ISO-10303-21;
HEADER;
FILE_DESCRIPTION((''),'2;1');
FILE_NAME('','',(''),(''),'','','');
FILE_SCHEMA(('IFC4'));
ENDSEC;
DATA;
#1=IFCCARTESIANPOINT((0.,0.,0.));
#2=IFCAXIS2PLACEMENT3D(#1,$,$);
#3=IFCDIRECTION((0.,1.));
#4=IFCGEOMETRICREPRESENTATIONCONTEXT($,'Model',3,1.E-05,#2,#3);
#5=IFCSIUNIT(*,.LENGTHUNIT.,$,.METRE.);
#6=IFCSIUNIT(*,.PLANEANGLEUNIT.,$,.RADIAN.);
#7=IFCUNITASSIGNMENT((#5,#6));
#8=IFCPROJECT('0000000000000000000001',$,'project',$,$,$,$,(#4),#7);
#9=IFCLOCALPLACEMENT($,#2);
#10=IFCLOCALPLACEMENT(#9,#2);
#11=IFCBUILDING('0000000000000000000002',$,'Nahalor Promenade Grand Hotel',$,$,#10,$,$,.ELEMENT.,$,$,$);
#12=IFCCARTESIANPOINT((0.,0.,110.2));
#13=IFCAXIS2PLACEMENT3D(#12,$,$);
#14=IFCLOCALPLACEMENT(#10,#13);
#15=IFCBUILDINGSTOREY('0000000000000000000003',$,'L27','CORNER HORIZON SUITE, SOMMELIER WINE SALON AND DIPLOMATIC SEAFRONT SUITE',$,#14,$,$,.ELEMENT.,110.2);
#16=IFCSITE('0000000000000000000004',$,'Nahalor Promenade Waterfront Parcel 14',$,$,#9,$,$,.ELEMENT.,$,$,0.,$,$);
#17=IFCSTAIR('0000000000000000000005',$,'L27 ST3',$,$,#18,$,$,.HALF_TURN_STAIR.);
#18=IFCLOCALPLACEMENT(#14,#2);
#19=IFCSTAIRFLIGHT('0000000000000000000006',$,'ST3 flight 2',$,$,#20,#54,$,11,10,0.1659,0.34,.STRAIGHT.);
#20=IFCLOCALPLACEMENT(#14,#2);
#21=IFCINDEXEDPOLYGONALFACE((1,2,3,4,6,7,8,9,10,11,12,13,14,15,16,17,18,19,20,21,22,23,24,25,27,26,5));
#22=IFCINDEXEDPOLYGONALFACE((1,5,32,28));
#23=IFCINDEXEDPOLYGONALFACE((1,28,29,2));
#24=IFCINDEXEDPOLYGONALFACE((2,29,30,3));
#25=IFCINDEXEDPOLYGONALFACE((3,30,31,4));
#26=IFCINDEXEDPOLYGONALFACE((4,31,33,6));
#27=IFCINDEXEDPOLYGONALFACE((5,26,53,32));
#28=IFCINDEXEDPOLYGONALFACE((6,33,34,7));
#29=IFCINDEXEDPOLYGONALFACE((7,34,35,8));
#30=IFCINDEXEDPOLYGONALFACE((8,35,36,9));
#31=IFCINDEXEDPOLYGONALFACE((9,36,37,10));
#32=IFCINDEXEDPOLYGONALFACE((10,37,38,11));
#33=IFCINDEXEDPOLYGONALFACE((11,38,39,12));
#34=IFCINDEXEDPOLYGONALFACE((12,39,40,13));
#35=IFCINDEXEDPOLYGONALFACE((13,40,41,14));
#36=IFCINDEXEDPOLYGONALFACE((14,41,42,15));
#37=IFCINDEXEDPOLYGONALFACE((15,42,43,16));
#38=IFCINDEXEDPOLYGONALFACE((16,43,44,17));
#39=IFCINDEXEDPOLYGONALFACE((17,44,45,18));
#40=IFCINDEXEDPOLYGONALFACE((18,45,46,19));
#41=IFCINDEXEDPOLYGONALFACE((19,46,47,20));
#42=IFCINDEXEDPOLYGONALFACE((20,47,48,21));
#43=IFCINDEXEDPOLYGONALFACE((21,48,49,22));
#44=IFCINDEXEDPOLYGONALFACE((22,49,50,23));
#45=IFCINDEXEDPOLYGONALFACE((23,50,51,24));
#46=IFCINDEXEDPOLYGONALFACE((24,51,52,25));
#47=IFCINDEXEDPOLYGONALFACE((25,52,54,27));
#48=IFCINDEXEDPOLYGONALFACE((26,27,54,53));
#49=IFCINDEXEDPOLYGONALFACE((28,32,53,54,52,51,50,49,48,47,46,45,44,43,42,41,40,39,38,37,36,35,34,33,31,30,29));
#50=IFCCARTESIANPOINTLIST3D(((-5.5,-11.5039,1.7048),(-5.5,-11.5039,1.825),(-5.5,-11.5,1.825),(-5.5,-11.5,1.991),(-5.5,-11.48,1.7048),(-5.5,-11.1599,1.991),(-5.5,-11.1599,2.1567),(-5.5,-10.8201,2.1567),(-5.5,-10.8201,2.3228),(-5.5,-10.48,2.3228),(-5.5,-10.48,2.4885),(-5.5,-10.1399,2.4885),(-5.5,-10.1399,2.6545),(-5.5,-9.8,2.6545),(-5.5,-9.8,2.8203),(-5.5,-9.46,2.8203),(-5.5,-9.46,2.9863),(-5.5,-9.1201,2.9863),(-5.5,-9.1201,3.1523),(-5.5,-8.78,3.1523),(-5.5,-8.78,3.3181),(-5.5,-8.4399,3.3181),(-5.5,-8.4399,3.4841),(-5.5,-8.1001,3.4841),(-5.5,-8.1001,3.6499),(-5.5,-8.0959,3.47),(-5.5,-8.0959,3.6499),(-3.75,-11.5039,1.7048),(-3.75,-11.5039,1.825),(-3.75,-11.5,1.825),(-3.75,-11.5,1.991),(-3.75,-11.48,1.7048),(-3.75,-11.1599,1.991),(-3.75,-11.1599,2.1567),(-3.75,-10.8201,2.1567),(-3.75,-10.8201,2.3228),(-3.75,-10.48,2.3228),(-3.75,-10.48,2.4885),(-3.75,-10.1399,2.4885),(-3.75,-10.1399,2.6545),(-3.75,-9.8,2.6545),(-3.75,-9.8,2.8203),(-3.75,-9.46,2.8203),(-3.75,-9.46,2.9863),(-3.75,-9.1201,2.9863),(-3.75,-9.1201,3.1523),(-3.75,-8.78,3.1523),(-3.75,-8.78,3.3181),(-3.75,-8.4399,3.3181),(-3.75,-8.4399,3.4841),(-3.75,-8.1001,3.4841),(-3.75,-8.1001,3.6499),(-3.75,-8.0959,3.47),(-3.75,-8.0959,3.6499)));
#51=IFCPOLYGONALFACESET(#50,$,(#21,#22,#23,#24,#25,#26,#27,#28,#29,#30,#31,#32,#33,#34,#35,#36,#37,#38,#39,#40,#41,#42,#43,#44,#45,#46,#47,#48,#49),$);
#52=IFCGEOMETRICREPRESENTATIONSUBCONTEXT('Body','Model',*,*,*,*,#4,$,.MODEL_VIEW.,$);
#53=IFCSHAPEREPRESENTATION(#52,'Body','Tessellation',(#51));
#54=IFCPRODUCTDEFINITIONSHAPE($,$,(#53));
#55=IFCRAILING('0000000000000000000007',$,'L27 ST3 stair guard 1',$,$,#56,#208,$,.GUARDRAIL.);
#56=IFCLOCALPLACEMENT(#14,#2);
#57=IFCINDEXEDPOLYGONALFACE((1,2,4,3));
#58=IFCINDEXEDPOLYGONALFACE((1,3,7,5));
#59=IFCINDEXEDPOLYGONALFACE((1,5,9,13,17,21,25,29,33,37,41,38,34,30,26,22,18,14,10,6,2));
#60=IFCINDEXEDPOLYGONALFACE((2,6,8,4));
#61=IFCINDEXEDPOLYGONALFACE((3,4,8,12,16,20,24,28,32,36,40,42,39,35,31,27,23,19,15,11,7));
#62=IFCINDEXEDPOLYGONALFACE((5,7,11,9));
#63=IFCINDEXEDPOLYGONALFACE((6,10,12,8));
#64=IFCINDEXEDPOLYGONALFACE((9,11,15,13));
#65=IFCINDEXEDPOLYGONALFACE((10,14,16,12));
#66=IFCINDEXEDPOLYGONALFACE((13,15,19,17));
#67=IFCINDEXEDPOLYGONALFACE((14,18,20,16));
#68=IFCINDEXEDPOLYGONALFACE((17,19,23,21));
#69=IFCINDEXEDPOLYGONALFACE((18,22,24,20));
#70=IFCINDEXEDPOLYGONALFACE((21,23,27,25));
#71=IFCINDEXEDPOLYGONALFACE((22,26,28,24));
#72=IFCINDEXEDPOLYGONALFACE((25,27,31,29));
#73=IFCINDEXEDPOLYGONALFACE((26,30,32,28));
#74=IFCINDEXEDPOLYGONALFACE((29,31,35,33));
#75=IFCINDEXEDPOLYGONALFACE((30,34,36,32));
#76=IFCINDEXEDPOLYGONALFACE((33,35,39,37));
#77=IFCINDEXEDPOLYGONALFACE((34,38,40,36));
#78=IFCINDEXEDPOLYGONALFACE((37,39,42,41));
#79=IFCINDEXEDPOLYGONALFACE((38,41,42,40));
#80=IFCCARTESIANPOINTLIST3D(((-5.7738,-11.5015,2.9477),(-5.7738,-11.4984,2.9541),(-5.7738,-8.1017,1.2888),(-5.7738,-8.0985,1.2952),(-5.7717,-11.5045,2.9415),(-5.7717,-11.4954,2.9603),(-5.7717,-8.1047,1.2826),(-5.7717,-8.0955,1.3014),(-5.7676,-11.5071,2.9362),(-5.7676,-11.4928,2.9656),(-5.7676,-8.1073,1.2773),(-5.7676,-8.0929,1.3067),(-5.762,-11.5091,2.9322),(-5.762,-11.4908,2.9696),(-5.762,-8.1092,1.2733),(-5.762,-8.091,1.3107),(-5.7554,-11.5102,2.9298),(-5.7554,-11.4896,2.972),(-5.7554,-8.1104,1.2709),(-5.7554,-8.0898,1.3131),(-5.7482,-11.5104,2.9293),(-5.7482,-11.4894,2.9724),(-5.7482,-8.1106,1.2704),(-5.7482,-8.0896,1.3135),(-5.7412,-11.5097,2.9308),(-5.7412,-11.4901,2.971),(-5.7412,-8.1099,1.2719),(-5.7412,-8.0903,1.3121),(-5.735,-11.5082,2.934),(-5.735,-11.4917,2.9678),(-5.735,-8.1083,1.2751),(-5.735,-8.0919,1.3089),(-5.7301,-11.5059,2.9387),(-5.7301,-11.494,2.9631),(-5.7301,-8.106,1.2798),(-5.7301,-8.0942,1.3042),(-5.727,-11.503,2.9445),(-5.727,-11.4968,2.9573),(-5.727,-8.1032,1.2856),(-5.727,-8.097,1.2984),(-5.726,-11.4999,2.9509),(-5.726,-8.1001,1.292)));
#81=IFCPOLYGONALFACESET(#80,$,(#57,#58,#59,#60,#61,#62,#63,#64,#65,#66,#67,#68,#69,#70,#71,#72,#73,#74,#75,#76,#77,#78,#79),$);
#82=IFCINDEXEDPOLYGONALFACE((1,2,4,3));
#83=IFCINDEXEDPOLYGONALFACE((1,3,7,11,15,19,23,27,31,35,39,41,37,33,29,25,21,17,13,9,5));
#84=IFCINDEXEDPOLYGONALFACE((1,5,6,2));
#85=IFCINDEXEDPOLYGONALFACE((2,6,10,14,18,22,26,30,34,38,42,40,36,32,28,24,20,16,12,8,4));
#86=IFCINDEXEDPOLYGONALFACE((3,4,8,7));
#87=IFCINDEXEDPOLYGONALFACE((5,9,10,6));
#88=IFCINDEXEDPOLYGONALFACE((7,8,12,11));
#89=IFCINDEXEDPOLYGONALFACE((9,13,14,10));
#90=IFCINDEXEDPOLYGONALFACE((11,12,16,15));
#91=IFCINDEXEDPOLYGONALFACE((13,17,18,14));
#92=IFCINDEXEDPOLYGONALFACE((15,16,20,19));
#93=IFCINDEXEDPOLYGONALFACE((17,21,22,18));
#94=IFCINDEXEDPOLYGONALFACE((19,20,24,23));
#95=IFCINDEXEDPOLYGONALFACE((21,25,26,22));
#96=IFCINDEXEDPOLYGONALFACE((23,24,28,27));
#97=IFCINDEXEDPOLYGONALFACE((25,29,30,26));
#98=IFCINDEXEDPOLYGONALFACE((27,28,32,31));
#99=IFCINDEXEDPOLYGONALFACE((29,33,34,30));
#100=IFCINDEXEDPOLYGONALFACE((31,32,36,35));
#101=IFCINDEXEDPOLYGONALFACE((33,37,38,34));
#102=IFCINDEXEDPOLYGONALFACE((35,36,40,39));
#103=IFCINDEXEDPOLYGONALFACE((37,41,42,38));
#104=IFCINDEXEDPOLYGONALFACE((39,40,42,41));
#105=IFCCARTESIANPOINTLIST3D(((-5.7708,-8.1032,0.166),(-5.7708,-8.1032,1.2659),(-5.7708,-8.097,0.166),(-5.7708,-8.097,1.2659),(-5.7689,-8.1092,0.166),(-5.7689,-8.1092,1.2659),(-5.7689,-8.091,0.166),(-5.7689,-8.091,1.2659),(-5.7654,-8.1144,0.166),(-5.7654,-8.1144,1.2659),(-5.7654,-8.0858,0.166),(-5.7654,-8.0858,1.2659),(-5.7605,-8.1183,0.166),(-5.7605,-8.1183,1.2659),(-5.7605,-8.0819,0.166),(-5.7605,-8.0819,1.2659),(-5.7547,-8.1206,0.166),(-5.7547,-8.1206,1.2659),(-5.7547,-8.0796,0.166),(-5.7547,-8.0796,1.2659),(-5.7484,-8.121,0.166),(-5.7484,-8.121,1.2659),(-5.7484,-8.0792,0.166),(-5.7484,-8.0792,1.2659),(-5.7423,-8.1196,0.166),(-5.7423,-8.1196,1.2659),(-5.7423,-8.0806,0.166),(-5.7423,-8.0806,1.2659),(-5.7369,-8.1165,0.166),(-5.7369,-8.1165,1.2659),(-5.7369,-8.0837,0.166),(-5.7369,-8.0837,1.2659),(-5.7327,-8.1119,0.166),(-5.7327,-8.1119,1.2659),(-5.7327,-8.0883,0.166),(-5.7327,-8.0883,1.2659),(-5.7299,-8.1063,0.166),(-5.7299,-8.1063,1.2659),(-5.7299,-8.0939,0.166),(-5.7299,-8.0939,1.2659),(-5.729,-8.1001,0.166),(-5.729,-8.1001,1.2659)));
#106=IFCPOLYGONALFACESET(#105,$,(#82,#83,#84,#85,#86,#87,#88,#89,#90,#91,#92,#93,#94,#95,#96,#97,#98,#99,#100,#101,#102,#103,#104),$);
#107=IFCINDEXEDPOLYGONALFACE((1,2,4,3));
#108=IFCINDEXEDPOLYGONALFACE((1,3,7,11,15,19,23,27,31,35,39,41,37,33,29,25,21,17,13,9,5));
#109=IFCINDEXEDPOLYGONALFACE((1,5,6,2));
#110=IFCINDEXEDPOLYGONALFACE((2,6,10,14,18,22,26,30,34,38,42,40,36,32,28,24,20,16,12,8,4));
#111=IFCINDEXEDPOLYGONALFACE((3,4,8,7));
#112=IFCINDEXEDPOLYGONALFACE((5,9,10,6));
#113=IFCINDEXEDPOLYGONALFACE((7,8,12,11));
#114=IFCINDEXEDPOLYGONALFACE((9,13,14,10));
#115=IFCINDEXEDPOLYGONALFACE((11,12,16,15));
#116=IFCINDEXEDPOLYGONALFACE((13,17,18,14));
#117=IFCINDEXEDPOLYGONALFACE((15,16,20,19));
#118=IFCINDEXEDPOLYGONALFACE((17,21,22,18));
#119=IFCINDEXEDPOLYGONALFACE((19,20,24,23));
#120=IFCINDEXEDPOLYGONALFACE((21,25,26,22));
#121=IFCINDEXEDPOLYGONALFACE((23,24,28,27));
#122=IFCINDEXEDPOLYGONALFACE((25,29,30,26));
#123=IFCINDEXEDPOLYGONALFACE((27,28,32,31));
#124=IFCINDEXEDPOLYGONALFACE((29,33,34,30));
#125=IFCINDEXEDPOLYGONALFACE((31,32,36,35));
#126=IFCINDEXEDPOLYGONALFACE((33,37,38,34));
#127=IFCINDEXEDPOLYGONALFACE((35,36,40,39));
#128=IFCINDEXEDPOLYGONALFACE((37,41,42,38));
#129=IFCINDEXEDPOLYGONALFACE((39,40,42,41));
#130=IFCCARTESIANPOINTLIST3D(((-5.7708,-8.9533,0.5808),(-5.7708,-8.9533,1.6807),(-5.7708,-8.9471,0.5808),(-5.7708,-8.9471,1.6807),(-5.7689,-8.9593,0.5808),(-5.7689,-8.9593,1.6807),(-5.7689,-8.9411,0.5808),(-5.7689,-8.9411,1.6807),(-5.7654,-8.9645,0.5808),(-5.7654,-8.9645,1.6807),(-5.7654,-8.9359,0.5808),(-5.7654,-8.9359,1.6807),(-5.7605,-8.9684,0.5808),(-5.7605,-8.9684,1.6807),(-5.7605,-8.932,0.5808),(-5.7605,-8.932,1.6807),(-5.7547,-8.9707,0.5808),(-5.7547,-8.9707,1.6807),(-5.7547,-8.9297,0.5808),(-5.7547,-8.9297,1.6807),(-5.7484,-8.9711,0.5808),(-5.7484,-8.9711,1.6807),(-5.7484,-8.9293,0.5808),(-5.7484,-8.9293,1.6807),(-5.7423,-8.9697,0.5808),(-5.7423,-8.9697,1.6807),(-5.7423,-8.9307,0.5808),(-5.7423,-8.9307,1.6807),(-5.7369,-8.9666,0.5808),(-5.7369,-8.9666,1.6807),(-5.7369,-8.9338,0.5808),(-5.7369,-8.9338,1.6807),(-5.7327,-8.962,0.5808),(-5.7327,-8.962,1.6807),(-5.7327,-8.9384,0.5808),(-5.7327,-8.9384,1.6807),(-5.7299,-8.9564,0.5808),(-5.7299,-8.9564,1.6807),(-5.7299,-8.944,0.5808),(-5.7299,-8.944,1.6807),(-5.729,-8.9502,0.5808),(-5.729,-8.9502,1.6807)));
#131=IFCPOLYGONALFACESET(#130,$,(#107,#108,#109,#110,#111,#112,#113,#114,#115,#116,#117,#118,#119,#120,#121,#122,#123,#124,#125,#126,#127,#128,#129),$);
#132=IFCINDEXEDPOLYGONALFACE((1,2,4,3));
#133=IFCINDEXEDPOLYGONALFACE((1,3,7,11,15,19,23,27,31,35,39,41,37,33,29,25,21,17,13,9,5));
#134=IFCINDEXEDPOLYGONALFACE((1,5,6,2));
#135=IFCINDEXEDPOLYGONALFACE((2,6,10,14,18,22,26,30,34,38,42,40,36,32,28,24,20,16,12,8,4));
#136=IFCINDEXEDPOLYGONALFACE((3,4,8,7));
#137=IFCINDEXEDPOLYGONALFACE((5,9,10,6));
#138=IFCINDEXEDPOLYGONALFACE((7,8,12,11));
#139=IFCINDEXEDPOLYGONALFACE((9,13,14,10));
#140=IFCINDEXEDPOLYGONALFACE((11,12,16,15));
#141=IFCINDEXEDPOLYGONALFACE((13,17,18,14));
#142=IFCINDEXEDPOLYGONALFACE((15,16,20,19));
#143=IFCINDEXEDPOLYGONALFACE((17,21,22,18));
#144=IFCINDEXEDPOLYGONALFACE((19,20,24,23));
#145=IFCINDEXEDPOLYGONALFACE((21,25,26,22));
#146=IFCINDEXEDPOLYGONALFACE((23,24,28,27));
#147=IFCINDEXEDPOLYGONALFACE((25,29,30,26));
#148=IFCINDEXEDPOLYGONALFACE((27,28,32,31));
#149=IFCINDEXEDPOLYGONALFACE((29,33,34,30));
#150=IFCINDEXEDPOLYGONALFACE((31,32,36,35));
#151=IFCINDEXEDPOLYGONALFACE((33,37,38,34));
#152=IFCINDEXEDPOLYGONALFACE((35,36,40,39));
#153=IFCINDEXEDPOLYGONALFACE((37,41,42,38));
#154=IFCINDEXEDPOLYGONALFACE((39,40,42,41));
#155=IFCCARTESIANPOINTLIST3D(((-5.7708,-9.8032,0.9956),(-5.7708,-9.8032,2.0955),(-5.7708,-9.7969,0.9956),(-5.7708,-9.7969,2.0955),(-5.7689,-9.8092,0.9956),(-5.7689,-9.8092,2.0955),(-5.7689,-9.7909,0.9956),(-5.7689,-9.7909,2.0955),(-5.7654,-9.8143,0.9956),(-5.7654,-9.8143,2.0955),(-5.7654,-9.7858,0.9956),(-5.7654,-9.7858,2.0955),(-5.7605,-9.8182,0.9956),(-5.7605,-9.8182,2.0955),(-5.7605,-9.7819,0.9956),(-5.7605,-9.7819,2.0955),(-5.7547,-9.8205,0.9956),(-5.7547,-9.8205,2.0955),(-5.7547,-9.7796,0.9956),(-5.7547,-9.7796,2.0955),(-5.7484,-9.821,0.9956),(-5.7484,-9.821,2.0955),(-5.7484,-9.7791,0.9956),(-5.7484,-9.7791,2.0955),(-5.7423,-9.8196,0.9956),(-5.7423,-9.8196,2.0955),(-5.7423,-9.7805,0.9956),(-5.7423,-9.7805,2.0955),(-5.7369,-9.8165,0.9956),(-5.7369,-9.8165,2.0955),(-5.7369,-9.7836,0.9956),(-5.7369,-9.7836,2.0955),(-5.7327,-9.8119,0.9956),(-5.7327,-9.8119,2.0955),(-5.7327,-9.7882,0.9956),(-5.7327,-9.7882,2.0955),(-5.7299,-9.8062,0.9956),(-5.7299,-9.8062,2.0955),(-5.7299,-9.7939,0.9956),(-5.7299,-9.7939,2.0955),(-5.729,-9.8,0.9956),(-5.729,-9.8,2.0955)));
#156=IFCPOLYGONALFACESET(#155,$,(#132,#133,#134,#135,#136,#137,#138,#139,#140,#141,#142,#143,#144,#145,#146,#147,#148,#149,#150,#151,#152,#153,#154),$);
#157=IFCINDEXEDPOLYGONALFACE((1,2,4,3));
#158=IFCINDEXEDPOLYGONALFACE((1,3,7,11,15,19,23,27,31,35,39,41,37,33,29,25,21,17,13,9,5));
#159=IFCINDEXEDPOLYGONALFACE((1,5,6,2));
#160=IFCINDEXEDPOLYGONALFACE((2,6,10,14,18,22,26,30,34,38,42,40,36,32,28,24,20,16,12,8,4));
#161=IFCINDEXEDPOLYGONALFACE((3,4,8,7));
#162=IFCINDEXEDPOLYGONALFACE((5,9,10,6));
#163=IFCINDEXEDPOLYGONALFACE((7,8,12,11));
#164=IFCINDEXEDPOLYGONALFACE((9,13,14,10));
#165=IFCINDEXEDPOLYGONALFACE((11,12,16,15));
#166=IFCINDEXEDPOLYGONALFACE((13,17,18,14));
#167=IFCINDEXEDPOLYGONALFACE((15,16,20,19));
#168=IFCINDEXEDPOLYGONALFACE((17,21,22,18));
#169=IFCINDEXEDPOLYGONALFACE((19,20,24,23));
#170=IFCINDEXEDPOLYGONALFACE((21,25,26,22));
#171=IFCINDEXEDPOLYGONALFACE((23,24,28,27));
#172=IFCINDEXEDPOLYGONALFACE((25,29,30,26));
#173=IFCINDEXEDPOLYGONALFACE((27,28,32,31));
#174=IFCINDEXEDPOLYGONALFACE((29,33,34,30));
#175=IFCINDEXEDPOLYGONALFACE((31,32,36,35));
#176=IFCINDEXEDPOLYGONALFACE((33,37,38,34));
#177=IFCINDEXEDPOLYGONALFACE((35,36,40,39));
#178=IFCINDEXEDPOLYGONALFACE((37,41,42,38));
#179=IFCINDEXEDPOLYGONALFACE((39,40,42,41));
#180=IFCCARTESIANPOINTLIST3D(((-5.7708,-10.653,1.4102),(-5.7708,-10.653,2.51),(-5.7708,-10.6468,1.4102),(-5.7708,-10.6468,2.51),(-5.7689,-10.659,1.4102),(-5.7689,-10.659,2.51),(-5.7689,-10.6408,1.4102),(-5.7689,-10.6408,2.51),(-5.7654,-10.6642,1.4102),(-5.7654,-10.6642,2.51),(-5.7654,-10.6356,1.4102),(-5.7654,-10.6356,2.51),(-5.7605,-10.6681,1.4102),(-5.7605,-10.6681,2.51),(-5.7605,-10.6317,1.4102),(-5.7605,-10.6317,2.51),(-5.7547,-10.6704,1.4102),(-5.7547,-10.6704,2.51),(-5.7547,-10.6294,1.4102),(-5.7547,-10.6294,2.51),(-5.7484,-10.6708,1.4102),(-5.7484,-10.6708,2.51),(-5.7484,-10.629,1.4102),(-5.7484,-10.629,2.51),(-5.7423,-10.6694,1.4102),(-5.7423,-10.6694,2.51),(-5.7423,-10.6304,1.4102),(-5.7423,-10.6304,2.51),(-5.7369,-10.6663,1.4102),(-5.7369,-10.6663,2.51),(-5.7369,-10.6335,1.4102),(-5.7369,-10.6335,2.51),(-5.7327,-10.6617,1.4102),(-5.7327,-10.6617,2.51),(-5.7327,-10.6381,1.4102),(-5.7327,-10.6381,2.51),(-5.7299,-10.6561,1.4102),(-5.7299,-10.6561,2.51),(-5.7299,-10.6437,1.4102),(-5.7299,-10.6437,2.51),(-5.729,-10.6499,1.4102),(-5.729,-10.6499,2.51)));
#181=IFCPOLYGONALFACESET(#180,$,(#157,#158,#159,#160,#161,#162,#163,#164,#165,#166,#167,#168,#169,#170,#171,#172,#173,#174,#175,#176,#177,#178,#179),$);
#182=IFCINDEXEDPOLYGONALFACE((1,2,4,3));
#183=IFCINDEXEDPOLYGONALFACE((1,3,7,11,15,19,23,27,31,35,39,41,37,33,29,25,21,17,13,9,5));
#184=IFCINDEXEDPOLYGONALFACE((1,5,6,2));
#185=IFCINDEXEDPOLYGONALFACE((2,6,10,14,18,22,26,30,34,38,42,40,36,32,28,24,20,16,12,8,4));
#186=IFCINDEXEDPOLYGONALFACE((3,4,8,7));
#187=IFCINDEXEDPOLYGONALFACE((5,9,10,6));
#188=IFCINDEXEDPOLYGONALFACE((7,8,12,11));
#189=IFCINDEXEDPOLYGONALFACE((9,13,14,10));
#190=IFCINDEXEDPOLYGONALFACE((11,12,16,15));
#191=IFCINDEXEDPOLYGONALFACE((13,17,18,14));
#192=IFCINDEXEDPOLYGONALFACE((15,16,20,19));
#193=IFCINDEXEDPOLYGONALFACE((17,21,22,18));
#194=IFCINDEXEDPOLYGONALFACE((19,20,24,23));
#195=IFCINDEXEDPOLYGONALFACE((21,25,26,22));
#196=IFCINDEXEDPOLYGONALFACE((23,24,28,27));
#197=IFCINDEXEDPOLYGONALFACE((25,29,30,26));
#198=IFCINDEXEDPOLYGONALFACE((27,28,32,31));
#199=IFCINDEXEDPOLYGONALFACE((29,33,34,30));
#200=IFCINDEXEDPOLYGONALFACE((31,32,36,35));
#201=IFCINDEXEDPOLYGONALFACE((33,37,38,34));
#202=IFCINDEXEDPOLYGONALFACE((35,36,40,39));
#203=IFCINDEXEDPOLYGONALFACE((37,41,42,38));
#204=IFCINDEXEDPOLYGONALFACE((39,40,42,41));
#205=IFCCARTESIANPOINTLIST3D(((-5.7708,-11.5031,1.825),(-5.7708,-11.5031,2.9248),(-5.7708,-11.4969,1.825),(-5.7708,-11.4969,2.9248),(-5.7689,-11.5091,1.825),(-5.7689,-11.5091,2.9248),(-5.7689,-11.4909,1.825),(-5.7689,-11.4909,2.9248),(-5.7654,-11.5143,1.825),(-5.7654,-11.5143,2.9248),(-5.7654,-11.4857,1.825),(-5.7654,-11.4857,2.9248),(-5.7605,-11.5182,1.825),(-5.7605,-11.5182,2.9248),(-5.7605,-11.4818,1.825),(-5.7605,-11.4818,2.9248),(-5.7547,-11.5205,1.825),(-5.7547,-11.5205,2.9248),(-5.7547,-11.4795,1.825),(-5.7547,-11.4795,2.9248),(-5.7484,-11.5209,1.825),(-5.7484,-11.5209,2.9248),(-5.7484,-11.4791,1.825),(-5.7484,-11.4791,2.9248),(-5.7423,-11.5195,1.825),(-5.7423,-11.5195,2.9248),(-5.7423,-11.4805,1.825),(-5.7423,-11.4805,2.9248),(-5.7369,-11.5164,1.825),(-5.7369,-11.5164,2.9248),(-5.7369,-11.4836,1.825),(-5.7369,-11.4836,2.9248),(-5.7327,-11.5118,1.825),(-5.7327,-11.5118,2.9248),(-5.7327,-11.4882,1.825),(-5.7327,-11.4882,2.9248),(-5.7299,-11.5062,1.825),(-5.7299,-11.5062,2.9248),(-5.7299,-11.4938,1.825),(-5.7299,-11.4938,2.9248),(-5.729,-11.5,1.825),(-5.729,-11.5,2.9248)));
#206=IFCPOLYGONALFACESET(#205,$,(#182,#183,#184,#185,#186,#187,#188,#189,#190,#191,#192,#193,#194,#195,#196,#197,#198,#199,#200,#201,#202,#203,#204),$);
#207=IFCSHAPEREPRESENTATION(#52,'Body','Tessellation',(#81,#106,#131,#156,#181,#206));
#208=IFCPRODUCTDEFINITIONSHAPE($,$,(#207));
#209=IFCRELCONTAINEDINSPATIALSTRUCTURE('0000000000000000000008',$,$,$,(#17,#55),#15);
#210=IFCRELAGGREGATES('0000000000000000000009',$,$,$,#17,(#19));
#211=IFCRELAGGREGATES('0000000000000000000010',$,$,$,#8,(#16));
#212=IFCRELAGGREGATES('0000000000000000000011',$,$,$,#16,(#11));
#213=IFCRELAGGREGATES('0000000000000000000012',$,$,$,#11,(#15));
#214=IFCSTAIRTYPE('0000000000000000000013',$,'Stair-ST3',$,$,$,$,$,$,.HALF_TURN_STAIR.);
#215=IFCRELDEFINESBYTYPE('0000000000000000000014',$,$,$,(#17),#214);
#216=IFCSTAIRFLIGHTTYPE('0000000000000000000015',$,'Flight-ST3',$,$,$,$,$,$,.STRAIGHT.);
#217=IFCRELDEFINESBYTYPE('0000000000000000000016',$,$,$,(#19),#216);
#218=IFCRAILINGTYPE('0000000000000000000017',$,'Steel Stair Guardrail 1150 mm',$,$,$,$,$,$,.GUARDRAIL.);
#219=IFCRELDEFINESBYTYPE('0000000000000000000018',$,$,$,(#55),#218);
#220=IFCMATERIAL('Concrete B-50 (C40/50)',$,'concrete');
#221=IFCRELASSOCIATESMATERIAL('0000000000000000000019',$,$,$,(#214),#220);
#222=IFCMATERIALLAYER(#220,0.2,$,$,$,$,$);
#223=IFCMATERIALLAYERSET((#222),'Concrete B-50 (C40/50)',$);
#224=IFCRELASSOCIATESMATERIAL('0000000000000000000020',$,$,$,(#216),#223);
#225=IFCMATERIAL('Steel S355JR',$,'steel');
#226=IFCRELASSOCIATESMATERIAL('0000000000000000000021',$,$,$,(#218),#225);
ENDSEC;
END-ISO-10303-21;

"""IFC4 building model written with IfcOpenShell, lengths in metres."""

from ifc_helpers import new_model, si_unit, direction, frame, origin, origin_2d, place, context, subcontext, project, spatial, polyline, circle, outline, extrude, source, transform, mapped, material, layer, layer_set, type_object, element, aggregate, save


model = new_model("IFC4")

# Units and contexts
model_context = context("Model", 3, precision=1e-05, world=origin(), true_north=direction((0.0, 1.0)))
body_context = subcontext(model_context, "Body", "Model", "MODEL_VIEW")
ifc_project = project(units=[si_unit("LENGTHUNIT", "METRE"), si_unit("PLANEANGLEUNIT", "RADIAN")], contexts=[model_context])

# Site, building, storey
site_placement = place(None, origin())
site = spatial("IfcSite", under=ifc_project, at=site_placement, Name="Nahalor Promenade Waterfront Parcel 14", CompositionType="ELEMENT", RefElevation=0.0)
building_placement = place(site_placement, origin())
building = spatial("IfcBuilding", under=site, at=building_placement, Name="Nahalor Promenade Grand Hotel", CompositionType="ELEMENT")
storey_placement = place(building_placement, frame((0.0, 0.0, 110.2)))
storey = spatial("IfcBuildingStorey", under=building, at=storey_placement, Name="L27", Description="CORNER HORIZON SUITE, SOMMELIER WINE SALON AND DIPLOMATIC SEAFRONT SUITE", CompositionType="ELEMENT", Elevation=110.2)

# Shared definitions
ifc_material_1 = material(Name="Steel S355JR", Category="steel")

# Shared definitions
ifc_material_2 = material(Name="Concrete B-50 (C40/50)", Category="concrete")

# Stair, stair flight
stair_type = type_object("IfcStairType", Name="Stair-ST3", PredefinedType="HALF_TURN_STAIR", material=ifc_material_2)
stair_placement = place(storey_placement, origin())
stair = element("IfcStair", 1, at=stair_placement, inside=storey, type_object=stair_type, Name="L27 ST3", PredefinedType="HALF_TURN_STAIR")
ifc_layer_1 = layer(ifc_material_2, 0.2)
ifc_layer_set_1 = layer_set([ifc_layer_1], Name="Concrete B-50 (C40/50)")
stair_flight_type = type_object("IfcStairFlightType", Name="Flight-ST3", PredefinedType="STRAIGHT", material=ifc_layer_set_1)
shared_shape_1 = source(origin(), body_context, "Body", "SweptSolid", [
    extrude(outline(polyline([(-0.0039, -0.1201), (-0.0039, 0.0), (0.0, 0.0), (0.0, 0.166), (0.3401, 0.166), (0.3401, 0.3318), (0.6799, 0.3318), (0.6799, 0.4978), (1.02, 0.4978), (1.02, 0.6636), (1.3601, 0.6636), (1.3601, 0.8296), (1.7, 0.8296), (1.7, 0.9954), (2.04, 0.9954), (2.04, 1.1614), (2.3799, 1.1614), (2.3799, 1.3274), (2.72, 1.3274), (2.72, 1.4932), (3.0601, 1.4932), (3.0601, 1.6592), (3.3999, 1.6592), (3.3999, 1.825), (3.4041, 1.825), (3.4041, 1.645), (0.02, -0.1201), (-0.0039, -0.1201)])), frame((0.0, 0.875, 0.0), z_axis=(0.0, -1.0, 0.0), x_axis=(1.0, 0.0, 0.0)), (0.0, 0.0, 1.0), 1.75),
])
stair_flight_1_placement = place(storey_placement, frame((-4.625, -11.5, 1.825), z_axis=(0.0, 0.0, 1.0), x_axis=(0.0, 1.0, 0.0)))
stair_flight_1 = element("IfcStairFlight", 2, at=stair_flight_1_placement, type_object=stair_flight_type, Name="ST3 flight 2", NumberOfRisers=11, NumberOfTreads=10, PredefinedType="STRAIGHT", RiserHeight=0.1659, TreadLength=0.34, context=body_context, shape_type="MappedRepresentation", body=[
    mapped(shared_shape_1, transform((0.0, 0.0, 0.0), scale=1.0)),
])
aggregate(stair, [stair_flight_1])

# Railing
railing_type_1 = type_object("IfcRailingType", Name="Steel Stair Guardrail 1150 mm", PredefinedType="GUARDRAIL", material=ifc_material_1)
railing_1_placement = place(storey_placement, frame((-5.75, -8.1001, 0.166)))
element("IfcRailing", 3, at=railing_1_placement, inside=storey, type_object=railing_type_1, Name="L27 ST3 stair guard 1", PredefinedType="GUARDRAIL", context=body_context, shape_type="SweptSolid", body=[
    extrude(circle(Radius=0.024, at=origin_2d()), frame((0.0, 0.0, 1.126), z_axis=(0.0, -0.898722, 0.438519), x_axis=(1.0, 0.0, 0.0)), (0.0, 0.0, 1.0), 3.783),
    extrude(circle(Radius=0.021, at=origin_2d()), origin(), (0.0, 0.0, 1.0), 1.0999),
    extrude(circle(Radius=0.021, at=origin_2d()), frame((0.0, -0.8501, 0.4148)), (0.0, 0.0, 1.0), 1.0999),
    extrude(circle(Radius=0.021, at=origin_2d()), frame((0.0, -1.7, 0.8296)), (0.0, 0.0, 1.0), 1.0999),
    extrude(circle(Radius=0.021, at=origin_2d()), frame((0.0, -2.5498, 1.2441)), (0.0, 0.0, 1.0), 1.0999),
    extrude(circle(Radius=0.021, at=origin_2d()), frame((0.0, -3.3999, 1.6589)), (0.0, 0.0, 1.0), 1.0999),
])

save(model, "model.ifc")
